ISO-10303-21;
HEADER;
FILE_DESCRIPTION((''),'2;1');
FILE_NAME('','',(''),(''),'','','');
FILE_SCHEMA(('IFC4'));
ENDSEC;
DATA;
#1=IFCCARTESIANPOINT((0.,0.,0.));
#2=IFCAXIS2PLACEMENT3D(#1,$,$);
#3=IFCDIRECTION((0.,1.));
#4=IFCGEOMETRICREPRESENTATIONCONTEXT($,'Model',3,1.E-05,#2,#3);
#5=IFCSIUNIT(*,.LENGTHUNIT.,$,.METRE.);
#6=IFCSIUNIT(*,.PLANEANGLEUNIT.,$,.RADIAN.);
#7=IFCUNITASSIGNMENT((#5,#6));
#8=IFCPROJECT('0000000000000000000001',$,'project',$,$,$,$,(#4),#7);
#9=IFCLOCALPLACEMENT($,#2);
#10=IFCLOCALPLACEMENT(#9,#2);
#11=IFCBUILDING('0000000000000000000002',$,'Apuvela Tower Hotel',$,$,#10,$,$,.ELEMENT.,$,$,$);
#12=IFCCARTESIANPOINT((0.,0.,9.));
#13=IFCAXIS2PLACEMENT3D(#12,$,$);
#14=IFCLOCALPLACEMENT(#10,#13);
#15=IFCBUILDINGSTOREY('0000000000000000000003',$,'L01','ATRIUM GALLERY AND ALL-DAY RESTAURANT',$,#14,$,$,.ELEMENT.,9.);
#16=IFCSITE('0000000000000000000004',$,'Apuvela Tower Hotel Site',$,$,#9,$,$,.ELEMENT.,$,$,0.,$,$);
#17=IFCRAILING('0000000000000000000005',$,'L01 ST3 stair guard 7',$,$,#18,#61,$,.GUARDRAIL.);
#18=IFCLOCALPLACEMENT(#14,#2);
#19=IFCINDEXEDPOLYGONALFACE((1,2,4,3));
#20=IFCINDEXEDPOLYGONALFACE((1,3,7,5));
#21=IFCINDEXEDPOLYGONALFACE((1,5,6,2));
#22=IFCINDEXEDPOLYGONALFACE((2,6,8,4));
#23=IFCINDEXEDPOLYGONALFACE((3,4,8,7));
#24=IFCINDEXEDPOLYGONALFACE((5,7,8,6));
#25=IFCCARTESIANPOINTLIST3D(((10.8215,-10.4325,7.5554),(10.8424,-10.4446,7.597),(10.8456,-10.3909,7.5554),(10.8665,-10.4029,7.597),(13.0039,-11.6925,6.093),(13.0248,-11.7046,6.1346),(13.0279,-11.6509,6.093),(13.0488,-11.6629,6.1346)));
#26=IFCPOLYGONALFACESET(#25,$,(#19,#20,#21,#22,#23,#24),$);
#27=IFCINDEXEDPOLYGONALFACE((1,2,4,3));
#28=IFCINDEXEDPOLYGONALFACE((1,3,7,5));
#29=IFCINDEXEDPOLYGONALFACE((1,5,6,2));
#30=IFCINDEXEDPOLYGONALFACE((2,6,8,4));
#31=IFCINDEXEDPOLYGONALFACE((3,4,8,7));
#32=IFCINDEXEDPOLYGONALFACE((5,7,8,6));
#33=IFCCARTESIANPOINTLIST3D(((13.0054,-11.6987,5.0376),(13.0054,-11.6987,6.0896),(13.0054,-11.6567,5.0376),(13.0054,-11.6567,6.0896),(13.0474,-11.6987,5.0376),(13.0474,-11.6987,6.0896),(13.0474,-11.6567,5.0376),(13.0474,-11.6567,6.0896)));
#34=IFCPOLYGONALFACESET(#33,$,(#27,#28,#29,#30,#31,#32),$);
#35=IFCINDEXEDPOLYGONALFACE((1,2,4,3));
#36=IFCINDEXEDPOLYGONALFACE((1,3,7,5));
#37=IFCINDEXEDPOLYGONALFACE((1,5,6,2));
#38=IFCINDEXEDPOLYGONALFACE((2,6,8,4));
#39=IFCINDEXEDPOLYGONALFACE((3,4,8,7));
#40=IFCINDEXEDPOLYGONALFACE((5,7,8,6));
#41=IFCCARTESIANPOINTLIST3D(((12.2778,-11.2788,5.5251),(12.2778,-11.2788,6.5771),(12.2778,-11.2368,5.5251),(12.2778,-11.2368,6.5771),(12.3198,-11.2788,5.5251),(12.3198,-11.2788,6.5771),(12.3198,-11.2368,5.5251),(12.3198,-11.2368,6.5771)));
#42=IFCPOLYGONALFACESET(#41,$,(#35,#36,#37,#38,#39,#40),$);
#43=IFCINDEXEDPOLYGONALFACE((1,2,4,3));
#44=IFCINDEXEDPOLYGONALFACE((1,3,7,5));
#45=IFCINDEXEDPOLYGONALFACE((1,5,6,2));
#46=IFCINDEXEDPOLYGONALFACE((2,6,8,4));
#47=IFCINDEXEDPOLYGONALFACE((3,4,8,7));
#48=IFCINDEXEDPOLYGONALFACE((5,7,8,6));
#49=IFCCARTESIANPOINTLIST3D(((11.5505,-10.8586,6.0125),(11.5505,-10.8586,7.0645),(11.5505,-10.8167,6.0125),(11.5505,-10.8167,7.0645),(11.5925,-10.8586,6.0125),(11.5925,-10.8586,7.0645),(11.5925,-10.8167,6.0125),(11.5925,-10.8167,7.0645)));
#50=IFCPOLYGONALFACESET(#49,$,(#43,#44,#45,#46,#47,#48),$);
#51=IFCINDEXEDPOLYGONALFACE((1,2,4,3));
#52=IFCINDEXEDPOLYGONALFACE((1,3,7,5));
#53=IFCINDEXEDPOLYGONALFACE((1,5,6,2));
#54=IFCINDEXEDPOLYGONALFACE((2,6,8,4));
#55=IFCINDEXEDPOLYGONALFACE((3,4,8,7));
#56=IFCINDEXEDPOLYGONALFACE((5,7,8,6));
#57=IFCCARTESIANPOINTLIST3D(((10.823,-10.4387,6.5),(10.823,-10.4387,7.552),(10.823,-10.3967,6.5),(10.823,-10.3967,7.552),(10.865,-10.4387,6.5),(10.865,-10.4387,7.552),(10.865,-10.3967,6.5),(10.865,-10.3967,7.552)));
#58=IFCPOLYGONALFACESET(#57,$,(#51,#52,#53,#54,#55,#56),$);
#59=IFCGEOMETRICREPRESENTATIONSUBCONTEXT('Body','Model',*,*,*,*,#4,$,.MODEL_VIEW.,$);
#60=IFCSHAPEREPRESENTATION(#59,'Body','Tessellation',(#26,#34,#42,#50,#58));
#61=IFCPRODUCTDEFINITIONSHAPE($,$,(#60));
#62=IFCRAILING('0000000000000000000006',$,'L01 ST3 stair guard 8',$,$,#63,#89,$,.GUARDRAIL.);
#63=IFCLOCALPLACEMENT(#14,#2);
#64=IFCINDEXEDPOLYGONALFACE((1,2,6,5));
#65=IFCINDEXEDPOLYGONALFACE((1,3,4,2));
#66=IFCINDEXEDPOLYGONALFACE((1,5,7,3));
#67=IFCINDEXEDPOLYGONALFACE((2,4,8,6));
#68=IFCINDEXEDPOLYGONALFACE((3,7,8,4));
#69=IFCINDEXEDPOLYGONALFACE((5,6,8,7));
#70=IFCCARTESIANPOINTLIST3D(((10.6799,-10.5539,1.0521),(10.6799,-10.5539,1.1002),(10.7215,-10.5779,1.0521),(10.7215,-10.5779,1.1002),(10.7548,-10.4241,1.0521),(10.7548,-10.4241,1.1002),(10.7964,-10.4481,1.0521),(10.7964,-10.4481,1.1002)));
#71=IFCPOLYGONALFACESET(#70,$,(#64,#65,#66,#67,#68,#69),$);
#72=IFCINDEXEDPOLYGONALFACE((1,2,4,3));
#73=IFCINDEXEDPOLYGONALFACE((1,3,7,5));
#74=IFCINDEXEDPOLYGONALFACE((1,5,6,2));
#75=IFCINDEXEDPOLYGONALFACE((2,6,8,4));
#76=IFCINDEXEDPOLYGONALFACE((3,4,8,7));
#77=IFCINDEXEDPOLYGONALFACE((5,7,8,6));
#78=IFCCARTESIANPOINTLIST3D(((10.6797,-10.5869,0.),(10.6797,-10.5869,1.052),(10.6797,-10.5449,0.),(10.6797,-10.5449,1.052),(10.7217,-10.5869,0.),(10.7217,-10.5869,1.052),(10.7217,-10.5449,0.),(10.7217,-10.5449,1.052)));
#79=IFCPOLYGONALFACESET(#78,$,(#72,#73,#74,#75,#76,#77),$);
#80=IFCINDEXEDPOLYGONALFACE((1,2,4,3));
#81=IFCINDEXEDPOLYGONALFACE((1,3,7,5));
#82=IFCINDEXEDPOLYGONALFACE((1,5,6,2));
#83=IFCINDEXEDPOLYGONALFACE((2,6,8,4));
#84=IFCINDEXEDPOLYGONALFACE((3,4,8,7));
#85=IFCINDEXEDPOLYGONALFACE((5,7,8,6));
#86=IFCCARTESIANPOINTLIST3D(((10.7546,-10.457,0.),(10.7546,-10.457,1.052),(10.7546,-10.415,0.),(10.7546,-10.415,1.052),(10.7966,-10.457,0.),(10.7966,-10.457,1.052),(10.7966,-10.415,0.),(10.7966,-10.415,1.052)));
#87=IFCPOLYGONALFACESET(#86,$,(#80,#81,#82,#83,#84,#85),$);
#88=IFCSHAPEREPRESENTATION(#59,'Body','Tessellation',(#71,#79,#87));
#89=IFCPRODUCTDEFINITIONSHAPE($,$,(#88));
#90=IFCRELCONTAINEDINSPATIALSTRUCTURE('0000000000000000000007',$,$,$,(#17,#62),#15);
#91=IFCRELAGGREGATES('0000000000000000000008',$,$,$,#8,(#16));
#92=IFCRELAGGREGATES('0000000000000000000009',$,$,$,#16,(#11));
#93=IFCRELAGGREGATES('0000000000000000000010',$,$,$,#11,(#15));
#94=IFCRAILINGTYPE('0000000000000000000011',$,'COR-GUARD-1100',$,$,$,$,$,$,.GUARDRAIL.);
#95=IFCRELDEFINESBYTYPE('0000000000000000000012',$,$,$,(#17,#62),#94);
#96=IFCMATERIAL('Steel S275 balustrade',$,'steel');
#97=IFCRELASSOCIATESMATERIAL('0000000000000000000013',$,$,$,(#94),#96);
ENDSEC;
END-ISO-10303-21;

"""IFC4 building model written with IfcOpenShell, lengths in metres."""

from ifc_helpers import new_model, si_unit, direction, frame, origin, origin_2d, place, context, subcontext, project, spatial, rectangle, extrude, material, type_object, element, save


model = new_model("IFC4")

# Units and contexts
model_context = context("Model", 3, precision=1e-05, world=origin(), true_north=direction((0.0, 1.0)))
body_context = subcontext(model_context, "Body", "Model", "MODEL_VIEW")
ifc_project = project(units=[si_unit("LENGTHUNIT", "METRE"), si_unit("PLANEANGLEUNIT", "RADIAN")], contexts=[model_context])

# Site, building, storey
site_placement = place(None, origin())
site = spatial("IfcSite", under=ifc_project, at=site_placement, Name="Apuvela Tower Hotel Site", CompositionType="ELEMENT", RefElevation=0.0)
building_placement = place(site_placement, origin())
building = spatial("IfcBuilding", under=site, at=building_placement, Name="Apuvela Tower Hotel", CompositionType="ELEMENT")
storey_placement = place(building_placement, frame((0.0, 0.0, 9.0)))
storey = spatial("IfcBuildingStorey", under=building, at=storey_placement, Name="L01", Description="ATRIUM GALLERY AND ALL-DAY RESTAURANT", CompositionType="ELEMENT", Elevation=9.0)

# Railings
ifc_material_1 = material(Name="Steel S275 balustrade", Category="steel")
railing_type = type_object("IfcRailingType", Name="COR-GUARD-1100", PredefinedType="GUARDRAIL", material=ifc_material_1)
railing_1_placement = place(storey_placement, frame((13.0264, -11.6777, 5.0376)))
element("IfcRailing", 1, at=railing_1_placement, inside=storey, type_object=railing_type, Name="L01 ST3 stair guard 7", PredefinedType="GUARDRAIL", context=body_context, shape_type="SweptSolid", body=[
    extrude(rectangle(XDim=0.0481, YDim=0.0481, at=origin_2d()), frame((0.0, 0.0, 1.0762), z_axis=(-0.749033, 0.43246, 0.501925), x_axis=(-0.500005, -0.866023, 0.0)), (0.0, 0.0, 1.0), 2.9136),
    extrude(rectangle(XDim=0.042, YDim=0.042, at=origin_2d()), origin(), (0.0, 0.0, 1.0), 1.052),
    extrude(rectangle(XDim=0.042, YDim=0.042, at=origin_2d()), frame((-0.7275, 0.4199, 0.4875)), (0.0, 0.0, 1.0), 1.052),
    extrude(rectangle(XDim=0.042, YDim=0.042, at=origin_2d()), frame((-1.4548, 0.8401, 0.9749)), (0.0, 0.0, 1.0), 1.052),
    extrude(rectangle(XDim=0.042, YDim=0.042, at=origin_2d()), frame((-2.1824, 1.26, 1.4624)), (0.0, 0.0, 1.0), 1.052),
])
railing_2_placement = place(storey_placement, frame((10.7007, -10.5659, 0.0)))
element("IfcRailing", 2, at=railing_2_placement, inside=storey, type_object=railing_type, Name="L01 ST3 stair guard 8", PredefinedType="GUARDRAIL", context=body_context, shape_type="SweptSolid", body=[
    extrude(rectangle(XDim=0.0481, YDim=0.0481, at=origin_2d()), frame((0.0, 0.0, 1.0762), z_axis=(0.499816, 0.866131, 0.0), x_axis=(-0.866131, 0.499816, 0.0)), (0.0, 0.0, 1.0), 0.1499),
    extrude(rectangle(XDim=0.042, YDim=0.042, at=origin_2d()), origin(), (0.0, 0.0, 1.0), 1.052),
    extrude(rectangle(XDim=0.042, YDim=0.042, at=origin_2d()), frame((0.075, 0.1299, 0.0)), (0.0, 0.0, 1.0), 1.052),
])

save(model, "model.ifc")
